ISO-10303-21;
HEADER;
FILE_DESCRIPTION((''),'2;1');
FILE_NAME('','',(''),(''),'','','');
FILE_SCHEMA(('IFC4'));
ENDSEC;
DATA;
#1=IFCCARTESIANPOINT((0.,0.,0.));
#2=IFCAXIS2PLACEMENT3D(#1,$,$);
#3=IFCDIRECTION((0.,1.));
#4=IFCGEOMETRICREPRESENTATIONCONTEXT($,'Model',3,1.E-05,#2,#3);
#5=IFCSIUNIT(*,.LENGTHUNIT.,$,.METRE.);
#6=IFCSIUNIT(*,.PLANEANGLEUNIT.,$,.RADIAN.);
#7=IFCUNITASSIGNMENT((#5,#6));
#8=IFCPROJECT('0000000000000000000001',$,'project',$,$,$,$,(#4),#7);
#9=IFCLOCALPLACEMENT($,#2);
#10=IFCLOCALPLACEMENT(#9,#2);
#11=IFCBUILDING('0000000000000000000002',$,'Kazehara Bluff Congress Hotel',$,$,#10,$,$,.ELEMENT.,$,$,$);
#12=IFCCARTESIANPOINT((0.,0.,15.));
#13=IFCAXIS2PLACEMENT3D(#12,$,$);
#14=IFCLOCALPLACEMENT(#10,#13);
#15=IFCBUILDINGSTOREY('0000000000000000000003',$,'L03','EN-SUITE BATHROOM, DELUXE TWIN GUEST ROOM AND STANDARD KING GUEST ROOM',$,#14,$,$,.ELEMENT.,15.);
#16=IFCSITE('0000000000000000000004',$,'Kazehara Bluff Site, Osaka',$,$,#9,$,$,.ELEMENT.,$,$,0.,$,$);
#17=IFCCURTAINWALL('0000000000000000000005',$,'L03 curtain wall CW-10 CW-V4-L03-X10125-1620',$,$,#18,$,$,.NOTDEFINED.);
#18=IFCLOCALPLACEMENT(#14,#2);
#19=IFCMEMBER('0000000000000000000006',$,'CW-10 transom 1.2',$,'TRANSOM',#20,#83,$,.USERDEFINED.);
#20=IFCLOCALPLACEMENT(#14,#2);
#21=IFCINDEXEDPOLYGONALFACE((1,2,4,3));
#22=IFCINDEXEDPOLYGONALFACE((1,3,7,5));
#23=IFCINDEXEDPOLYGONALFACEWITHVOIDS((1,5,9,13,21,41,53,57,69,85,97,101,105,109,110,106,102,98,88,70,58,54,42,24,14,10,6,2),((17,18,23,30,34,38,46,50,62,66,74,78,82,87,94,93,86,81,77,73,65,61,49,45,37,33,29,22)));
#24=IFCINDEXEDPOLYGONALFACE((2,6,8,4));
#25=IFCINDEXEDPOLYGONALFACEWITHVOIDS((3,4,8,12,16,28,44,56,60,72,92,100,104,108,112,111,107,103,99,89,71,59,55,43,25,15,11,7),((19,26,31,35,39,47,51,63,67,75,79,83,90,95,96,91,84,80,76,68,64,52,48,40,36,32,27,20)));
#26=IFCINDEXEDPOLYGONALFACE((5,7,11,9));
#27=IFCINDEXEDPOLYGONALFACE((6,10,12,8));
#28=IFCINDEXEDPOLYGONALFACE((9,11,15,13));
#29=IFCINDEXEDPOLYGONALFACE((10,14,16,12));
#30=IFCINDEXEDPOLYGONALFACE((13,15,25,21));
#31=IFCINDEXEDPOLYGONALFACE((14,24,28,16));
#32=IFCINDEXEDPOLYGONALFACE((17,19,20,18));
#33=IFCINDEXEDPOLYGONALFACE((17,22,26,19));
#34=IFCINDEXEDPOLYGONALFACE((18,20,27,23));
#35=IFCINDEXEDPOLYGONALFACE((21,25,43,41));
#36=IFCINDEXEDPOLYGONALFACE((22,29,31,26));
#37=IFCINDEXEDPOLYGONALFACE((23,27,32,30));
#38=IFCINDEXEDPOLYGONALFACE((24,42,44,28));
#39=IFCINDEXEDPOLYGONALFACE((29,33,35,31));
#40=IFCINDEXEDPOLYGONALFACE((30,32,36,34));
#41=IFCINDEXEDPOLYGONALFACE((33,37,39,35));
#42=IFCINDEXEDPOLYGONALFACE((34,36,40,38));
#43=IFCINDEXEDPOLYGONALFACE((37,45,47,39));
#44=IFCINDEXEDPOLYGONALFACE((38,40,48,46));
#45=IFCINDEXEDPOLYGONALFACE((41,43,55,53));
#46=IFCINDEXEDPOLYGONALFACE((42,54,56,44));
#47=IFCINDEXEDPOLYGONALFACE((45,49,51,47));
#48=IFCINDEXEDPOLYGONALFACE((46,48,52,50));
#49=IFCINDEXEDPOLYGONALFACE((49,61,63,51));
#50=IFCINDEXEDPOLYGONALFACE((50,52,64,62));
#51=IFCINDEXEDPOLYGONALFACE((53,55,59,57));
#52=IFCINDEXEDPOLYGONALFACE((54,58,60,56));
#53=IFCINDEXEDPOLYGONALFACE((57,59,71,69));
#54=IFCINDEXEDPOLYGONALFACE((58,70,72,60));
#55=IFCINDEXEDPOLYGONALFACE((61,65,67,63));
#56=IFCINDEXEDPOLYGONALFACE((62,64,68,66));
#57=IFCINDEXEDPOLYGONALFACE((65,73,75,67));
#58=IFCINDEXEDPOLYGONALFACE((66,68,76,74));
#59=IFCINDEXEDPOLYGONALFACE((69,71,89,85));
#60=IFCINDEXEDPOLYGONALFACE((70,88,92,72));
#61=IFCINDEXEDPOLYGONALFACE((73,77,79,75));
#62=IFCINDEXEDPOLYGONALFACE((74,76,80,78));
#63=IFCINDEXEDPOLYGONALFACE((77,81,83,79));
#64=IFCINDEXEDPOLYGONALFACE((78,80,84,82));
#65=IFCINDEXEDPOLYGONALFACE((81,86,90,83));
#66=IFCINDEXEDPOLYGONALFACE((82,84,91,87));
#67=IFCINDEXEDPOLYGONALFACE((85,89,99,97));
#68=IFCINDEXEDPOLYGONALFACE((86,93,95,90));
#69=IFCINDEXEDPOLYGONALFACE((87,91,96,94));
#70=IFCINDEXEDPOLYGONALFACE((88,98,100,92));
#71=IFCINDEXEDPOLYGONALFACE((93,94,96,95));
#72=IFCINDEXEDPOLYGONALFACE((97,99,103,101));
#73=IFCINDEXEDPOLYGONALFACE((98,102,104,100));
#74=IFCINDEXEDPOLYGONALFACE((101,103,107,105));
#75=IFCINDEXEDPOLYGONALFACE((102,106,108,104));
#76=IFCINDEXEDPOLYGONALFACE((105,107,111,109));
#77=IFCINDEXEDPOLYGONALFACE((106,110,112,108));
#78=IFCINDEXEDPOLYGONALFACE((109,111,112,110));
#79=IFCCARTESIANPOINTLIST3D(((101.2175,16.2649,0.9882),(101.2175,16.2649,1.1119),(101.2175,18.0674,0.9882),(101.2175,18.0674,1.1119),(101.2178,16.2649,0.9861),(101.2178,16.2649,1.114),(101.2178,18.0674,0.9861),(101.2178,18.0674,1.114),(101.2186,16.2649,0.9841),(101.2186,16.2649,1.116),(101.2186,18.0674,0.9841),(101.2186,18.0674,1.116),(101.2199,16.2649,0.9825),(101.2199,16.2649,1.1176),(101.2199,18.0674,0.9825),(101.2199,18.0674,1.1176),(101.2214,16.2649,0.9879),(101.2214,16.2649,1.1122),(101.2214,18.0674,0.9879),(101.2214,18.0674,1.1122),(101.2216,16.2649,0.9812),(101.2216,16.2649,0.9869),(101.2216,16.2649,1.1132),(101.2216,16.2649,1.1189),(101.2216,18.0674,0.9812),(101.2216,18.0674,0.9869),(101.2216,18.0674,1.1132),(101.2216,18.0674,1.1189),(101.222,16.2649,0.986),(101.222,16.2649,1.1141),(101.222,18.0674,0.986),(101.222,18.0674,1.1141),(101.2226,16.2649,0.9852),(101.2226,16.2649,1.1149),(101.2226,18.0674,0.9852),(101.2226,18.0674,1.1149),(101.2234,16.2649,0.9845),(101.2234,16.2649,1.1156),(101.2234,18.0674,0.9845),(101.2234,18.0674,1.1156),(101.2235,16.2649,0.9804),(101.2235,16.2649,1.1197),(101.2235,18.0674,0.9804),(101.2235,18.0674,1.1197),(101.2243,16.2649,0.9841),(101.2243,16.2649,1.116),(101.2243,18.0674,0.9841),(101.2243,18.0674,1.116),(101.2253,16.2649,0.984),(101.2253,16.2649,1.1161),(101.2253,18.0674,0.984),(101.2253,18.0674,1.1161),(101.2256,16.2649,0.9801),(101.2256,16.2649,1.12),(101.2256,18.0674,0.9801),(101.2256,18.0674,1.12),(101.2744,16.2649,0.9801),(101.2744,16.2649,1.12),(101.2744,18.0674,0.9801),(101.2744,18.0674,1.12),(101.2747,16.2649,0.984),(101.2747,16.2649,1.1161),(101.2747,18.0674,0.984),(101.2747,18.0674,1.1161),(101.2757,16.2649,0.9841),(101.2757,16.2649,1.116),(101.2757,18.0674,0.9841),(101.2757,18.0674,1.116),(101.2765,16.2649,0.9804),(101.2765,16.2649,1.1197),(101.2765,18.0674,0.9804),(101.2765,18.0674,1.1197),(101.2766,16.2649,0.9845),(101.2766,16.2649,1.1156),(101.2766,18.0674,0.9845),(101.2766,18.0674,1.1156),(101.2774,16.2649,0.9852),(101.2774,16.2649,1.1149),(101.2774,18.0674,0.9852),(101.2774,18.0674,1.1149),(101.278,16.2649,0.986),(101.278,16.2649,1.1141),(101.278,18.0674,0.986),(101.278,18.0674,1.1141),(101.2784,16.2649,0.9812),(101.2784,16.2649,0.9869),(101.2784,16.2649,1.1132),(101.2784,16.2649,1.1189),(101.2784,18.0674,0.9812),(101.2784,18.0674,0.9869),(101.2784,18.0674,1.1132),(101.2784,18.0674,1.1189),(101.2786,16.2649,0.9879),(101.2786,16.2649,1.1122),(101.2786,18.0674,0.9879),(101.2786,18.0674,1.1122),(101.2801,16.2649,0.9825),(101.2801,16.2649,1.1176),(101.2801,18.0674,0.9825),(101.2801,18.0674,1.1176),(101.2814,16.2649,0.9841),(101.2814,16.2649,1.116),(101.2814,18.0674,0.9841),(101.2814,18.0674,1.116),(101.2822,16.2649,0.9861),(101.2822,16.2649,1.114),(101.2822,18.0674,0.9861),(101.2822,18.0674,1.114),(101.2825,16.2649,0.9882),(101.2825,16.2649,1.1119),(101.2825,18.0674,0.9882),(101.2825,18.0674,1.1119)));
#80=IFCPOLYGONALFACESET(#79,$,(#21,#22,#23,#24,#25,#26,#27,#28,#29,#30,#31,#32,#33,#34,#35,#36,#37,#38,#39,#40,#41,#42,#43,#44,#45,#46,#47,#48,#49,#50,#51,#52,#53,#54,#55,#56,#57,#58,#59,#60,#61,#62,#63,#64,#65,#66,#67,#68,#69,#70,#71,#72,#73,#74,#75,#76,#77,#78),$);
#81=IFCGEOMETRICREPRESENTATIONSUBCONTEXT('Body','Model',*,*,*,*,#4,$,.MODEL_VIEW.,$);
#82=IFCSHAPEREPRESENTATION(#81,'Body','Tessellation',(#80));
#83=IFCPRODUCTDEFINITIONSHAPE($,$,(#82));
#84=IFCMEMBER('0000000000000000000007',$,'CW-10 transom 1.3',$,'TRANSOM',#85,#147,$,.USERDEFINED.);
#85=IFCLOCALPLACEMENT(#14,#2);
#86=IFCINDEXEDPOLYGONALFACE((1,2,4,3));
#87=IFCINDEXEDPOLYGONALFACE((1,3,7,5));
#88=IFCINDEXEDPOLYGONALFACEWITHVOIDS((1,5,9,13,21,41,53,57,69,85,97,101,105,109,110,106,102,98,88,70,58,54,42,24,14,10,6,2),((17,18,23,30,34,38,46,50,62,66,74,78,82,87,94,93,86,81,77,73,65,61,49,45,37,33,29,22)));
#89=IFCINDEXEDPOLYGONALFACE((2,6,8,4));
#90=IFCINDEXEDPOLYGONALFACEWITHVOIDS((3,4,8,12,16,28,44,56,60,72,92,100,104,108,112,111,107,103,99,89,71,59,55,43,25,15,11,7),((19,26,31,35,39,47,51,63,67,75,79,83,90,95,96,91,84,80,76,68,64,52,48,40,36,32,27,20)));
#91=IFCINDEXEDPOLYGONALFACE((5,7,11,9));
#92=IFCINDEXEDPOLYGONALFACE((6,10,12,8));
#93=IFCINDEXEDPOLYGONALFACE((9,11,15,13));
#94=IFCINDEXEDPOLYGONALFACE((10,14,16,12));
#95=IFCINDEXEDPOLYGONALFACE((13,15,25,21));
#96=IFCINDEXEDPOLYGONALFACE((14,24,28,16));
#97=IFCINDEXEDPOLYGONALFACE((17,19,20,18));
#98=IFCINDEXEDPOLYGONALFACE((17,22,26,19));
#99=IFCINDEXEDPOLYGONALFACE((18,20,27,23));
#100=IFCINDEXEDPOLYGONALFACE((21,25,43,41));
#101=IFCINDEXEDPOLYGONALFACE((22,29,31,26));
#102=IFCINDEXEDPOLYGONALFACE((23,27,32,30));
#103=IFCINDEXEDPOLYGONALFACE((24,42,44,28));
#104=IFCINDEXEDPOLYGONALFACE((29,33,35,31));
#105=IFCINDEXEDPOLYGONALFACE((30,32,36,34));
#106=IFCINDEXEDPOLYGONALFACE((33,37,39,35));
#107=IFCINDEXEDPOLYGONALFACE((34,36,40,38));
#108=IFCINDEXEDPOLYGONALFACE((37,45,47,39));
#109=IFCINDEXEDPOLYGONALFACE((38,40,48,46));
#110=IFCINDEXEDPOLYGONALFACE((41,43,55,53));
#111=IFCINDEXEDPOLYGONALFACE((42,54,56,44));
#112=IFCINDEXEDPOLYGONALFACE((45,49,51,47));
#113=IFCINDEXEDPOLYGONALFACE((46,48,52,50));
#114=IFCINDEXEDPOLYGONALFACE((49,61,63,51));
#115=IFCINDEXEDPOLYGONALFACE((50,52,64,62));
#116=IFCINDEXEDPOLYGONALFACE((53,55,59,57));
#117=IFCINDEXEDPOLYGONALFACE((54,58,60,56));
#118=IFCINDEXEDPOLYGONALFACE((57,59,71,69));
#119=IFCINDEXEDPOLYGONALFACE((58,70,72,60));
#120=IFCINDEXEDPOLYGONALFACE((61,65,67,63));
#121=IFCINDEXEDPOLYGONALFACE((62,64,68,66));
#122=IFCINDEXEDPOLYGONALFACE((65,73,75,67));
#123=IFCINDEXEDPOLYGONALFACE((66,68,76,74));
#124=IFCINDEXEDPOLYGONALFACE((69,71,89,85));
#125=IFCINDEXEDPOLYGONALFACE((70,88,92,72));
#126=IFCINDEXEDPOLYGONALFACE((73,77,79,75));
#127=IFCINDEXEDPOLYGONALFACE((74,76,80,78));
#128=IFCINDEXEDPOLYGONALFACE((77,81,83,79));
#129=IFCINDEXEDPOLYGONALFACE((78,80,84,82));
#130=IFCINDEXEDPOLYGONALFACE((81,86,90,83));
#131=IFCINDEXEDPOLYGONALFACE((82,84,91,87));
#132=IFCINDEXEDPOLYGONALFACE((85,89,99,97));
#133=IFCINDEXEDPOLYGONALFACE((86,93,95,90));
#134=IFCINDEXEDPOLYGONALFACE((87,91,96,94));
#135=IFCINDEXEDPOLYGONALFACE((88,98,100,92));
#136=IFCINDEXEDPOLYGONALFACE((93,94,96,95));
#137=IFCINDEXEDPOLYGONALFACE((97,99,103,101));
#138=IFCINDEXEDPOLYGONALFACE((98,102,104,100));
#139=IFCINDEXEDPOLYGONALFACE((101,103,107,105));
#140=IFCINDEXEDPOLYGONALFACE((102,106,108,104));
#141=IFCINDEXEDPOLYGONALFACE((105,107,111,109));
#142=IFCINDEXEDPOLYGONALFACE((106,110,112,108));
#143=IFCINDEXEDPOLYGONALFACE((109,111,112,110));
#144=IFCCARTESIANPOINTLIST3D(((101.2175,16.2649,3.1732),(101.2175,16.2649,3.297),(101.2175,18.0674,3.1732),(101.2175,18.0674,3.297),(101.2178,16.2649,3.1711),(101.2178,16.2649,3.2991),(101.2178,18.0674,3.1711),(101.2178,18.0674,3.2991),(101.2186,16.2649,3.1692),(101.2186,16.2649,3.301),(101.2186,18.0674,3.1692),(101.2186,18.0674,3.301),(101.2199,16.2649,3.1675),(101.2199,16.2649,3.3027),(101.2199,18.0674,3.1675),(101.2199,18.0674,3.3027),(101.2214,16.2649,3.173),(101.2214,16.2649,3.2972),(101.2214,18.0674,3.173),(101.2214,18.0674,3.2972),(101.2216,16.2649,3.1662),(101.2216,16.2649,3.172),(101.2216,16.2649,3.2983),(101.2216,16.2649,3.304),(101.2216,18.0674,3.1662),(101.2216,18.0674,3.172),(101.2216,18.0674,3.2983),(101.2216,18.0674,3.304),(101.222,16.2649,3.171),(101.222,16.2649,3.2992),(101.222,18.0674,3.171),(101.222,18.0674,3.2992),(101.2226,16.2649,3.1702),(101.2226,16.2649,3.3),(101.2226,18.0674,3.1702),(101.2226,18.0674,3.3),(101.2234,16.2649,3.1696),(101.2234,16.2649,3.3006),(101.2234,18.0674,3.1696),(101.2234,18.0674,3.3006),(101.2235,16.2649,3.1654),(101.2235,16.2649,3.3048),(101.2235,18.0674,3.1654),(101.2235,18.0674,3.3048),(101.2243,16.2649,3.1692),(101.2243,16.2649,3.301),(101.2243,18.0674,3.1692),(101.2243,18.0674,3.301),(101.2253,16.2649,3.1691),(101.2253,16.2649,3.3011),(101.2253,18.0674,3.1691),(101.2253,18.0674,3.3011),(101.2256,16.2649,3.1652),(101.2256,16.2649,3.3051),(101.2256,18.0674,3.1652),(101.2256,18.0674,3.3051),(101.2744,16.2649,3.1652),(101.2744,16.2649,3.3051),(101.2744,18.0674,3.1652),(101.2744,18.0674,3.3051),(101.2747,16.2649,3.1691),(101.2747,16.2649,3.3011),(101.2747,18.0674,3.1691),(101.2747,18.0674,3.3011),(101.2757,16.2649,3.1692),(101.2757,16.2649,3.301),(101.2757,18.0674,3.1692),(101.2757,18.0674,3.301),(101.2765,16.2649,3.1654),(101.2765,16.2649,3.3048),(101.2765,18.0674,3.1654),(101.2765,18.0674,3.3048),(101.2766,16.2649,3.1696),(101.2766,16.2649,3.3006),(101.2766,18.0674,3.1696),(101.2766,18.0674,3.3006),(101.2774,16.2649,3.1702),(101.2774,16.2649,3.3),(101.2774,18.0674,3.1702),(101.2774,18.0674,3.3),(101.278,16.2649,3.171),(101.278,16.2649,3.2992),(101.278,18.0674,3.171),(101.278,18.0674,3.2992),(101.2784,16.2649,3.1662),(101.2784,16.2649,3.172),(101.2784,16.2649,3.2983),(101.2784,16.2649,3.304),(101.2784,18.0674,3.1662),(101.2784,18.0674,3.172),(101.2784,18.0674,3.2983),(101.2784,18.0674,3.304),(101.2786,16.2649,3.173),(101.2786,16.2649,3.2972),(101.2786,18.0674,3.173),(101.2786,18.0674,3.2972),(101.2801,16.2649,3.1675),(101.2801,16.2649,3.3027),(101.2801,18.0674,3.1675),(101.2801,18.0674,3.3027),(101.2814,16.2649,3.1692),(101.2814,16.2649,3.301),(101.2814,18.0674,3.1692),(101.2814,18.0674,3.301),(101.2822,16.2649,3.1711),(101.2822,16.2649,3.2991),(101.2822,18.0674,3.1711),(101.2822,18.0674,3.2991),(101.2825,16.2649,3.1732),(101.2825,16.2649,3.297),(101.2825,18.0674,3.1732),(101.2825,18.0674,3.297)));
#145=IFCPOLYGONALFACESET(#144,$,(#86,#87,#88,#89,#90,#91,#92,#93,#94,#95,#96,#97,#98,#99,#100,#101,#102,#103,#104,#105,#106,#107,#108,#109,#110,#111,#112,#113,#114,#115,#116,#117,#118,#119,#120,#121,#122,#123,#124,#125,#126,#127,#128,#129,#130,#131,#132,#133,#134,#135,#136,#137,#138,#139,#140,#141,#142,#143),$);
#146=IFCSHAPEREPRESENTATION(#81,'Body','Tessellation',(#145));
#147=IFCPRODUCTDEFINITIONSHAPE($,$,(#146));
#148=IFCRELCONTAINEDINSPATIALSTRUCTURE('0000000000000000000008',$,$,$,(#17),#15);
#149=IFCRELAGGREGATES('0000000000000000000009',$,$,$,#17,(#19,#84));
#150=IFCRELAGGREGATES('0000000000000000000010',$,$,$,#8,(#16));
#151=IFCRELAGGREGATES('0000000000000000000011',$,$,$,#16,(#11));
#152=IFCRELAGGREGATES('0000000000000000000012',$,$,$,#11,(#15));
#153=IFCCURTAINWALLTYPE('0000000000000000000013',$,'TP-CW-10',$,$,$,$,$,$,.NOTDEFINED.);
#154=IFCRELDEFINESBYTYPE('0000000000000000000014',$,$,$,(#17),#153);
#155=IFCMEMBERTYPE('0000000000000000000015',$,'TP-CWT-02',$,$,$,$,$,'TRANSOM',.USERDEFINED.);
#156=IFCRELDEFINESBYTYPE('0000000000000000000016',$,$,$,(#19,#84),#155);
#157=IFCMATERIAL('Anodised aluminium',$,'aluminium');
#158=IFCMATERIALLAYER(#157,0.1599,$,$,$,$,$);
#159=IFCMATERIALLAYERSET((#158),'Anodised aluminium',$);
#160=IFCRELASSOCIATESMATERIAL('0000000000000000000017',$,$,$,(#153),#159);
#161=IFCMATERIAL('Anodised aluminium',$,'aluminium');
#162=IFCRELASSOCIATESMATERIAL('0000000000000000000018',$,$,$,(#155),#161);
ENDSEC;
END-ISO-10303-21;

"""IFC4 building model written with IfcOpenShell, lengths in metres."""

from ifc_helpers import new_model, si_unit, direction, frame, origin, origin_2d, place, context, subcontext, project, spatial, hollow_rectangle, extrude, material, layer, layer_set, material_profile, profile_set, type_object, element, aggregate, save


model = new_model("IFC4")

# Units and contexts
model_context = context("Model", 3, precision=1e-05, world=origin(), true_north=direction((0.0, 1.0)))
body_context = subcontext(model_context, "Body", "Model", "MODEL_VIEW")
ifc_project = project(units=[si_unit("LENGTHUNIT", "METRE"), si_unit("PLANEANGLEUNIT", "RADIAN")], contexts=[model_context])

# Site, building, storey
site_placement = place(None, origin())
site = spatial("IfcSite", under=ifc_project, at=site_placement, Name="Kazehara Bluff Site, Osaka", CompositionType="ELEMENT", RefElevation=0.0)
building_placement = place(site_placement, origin())
building = spatial("IfcBuilding", under=site, at=building_placement, Name="Kazehara Bluff Congress Hotel", CompositionType="ELEMENT")
storey_placement = place(building_placement, frame((0.0, 0.0, 15.0)))
storey = spatial("IfcBuildingStorey", under=building, at=storey_placement, Name="L03", Description="EN-SUITE BATHROOM, DELUXE TWIN GUEST ROOM AND STANDARD KING GUEST ROOM", CompositionType="ELEMENT", Elevation=15.0)

# Curtain wall
ifc_material_1 = material(Name="Anodised aluminium", Category="aluminium")
ifc_layer_1 = layer(ifc_material_1, 0.1599)
ifc_layer_set_1 = layer_set([ifc_layer_1], Name="Anodised aluminium")
curtain_wall_type_1 = type_object("IfcCurtainWallType", Name="TP-CW-10", PredefinedType="NOTDEFINED", material=ifc_layer_set_1)
curtain_wall_1_placement = place(storey_placement, origin())
curtain_wall_1 = element("IfcCurtainWall", 1, at=curtain_wall_1_placement, inside=storey, type_object=curtain_wall_type_1, Name="L03 curtain wall CW-10 CW-V4-L03-X10125-1620", PredefinedType="NOTDEFINED")

# Members
ifc_material_2 = material(Name="Anodised aluminium", Category="aluminium")
ifc_material_profile_1 = material_profile(ifc_material_2, hollow_rectangle(XDim=0.0649, YDim=0.1399, WallThickness=0.0039, InnerFilletRadius=0.0039, OuterFilletRadius=0.0081, at=origin_2d()))
ifc_profile_set_1 = profile_set([ifc_material_profile_1], Name="Anodised aluminium")
member_type_1 = type_object("IfcMemberType", Name="TP-CWT-02", ElementType="TRANSOM", PredefinedType="USERDEFINED", material=ifc_profile_set_1)
member_1_placement = place(storey_placement, frame((101.25, 16.2649, 1.05), z_axis=(0.0, 1.0, 0.0), x_axis=(-1.0, 0.0, 0.0)))
member_1 = element("IfcMember", 2, at=member_1_placement, type_object=member_type_1, Name="CW-10 transom 1.2", ObjectType="TRANSOM", PredefinedType="USERDEFINED", context=body_context, shape_type="SweptSolid", body=[
    extrude(hollow_rectangle(XDim=0.0649, YDim=0.1399, WallThickness=0.0039, InnerFilletRadius=0.0039, OuterFilletRadius=0.0081, at=origin_2d()), origin(), (0.0, 0.0, 1.0), 1.8025),
])
member_2_placement = place(storey_placement, frame((101.25, 16.2649, 3.2351), z_axis=(0.0, 1.0, 0.0), x_axis=(-1.0, 0.0, 0.0)))
member_2 = element("IfcMember", 3, at=member_2_placement, type_object=member_type_1, Name="CW-10 transom 1.3", ObjectType="TRANSOM", PredefinedType="USERDEFINED", context=body_context, shape_type="SweptSolid", body=[
    extrude(hollow_rectangle(XDim=0.0649, YDim=0.1399, WallThickness=0.0039, InnerFilletRadius=0.0039, OuterFilletRadius=0.0081, at=origin_2d()), origin(), (0.0, 0.0, 1.0), 1.8025),
])

aggregate(curtain_wall_1, [member_1, member_2])

save(model, "model.ifc")
